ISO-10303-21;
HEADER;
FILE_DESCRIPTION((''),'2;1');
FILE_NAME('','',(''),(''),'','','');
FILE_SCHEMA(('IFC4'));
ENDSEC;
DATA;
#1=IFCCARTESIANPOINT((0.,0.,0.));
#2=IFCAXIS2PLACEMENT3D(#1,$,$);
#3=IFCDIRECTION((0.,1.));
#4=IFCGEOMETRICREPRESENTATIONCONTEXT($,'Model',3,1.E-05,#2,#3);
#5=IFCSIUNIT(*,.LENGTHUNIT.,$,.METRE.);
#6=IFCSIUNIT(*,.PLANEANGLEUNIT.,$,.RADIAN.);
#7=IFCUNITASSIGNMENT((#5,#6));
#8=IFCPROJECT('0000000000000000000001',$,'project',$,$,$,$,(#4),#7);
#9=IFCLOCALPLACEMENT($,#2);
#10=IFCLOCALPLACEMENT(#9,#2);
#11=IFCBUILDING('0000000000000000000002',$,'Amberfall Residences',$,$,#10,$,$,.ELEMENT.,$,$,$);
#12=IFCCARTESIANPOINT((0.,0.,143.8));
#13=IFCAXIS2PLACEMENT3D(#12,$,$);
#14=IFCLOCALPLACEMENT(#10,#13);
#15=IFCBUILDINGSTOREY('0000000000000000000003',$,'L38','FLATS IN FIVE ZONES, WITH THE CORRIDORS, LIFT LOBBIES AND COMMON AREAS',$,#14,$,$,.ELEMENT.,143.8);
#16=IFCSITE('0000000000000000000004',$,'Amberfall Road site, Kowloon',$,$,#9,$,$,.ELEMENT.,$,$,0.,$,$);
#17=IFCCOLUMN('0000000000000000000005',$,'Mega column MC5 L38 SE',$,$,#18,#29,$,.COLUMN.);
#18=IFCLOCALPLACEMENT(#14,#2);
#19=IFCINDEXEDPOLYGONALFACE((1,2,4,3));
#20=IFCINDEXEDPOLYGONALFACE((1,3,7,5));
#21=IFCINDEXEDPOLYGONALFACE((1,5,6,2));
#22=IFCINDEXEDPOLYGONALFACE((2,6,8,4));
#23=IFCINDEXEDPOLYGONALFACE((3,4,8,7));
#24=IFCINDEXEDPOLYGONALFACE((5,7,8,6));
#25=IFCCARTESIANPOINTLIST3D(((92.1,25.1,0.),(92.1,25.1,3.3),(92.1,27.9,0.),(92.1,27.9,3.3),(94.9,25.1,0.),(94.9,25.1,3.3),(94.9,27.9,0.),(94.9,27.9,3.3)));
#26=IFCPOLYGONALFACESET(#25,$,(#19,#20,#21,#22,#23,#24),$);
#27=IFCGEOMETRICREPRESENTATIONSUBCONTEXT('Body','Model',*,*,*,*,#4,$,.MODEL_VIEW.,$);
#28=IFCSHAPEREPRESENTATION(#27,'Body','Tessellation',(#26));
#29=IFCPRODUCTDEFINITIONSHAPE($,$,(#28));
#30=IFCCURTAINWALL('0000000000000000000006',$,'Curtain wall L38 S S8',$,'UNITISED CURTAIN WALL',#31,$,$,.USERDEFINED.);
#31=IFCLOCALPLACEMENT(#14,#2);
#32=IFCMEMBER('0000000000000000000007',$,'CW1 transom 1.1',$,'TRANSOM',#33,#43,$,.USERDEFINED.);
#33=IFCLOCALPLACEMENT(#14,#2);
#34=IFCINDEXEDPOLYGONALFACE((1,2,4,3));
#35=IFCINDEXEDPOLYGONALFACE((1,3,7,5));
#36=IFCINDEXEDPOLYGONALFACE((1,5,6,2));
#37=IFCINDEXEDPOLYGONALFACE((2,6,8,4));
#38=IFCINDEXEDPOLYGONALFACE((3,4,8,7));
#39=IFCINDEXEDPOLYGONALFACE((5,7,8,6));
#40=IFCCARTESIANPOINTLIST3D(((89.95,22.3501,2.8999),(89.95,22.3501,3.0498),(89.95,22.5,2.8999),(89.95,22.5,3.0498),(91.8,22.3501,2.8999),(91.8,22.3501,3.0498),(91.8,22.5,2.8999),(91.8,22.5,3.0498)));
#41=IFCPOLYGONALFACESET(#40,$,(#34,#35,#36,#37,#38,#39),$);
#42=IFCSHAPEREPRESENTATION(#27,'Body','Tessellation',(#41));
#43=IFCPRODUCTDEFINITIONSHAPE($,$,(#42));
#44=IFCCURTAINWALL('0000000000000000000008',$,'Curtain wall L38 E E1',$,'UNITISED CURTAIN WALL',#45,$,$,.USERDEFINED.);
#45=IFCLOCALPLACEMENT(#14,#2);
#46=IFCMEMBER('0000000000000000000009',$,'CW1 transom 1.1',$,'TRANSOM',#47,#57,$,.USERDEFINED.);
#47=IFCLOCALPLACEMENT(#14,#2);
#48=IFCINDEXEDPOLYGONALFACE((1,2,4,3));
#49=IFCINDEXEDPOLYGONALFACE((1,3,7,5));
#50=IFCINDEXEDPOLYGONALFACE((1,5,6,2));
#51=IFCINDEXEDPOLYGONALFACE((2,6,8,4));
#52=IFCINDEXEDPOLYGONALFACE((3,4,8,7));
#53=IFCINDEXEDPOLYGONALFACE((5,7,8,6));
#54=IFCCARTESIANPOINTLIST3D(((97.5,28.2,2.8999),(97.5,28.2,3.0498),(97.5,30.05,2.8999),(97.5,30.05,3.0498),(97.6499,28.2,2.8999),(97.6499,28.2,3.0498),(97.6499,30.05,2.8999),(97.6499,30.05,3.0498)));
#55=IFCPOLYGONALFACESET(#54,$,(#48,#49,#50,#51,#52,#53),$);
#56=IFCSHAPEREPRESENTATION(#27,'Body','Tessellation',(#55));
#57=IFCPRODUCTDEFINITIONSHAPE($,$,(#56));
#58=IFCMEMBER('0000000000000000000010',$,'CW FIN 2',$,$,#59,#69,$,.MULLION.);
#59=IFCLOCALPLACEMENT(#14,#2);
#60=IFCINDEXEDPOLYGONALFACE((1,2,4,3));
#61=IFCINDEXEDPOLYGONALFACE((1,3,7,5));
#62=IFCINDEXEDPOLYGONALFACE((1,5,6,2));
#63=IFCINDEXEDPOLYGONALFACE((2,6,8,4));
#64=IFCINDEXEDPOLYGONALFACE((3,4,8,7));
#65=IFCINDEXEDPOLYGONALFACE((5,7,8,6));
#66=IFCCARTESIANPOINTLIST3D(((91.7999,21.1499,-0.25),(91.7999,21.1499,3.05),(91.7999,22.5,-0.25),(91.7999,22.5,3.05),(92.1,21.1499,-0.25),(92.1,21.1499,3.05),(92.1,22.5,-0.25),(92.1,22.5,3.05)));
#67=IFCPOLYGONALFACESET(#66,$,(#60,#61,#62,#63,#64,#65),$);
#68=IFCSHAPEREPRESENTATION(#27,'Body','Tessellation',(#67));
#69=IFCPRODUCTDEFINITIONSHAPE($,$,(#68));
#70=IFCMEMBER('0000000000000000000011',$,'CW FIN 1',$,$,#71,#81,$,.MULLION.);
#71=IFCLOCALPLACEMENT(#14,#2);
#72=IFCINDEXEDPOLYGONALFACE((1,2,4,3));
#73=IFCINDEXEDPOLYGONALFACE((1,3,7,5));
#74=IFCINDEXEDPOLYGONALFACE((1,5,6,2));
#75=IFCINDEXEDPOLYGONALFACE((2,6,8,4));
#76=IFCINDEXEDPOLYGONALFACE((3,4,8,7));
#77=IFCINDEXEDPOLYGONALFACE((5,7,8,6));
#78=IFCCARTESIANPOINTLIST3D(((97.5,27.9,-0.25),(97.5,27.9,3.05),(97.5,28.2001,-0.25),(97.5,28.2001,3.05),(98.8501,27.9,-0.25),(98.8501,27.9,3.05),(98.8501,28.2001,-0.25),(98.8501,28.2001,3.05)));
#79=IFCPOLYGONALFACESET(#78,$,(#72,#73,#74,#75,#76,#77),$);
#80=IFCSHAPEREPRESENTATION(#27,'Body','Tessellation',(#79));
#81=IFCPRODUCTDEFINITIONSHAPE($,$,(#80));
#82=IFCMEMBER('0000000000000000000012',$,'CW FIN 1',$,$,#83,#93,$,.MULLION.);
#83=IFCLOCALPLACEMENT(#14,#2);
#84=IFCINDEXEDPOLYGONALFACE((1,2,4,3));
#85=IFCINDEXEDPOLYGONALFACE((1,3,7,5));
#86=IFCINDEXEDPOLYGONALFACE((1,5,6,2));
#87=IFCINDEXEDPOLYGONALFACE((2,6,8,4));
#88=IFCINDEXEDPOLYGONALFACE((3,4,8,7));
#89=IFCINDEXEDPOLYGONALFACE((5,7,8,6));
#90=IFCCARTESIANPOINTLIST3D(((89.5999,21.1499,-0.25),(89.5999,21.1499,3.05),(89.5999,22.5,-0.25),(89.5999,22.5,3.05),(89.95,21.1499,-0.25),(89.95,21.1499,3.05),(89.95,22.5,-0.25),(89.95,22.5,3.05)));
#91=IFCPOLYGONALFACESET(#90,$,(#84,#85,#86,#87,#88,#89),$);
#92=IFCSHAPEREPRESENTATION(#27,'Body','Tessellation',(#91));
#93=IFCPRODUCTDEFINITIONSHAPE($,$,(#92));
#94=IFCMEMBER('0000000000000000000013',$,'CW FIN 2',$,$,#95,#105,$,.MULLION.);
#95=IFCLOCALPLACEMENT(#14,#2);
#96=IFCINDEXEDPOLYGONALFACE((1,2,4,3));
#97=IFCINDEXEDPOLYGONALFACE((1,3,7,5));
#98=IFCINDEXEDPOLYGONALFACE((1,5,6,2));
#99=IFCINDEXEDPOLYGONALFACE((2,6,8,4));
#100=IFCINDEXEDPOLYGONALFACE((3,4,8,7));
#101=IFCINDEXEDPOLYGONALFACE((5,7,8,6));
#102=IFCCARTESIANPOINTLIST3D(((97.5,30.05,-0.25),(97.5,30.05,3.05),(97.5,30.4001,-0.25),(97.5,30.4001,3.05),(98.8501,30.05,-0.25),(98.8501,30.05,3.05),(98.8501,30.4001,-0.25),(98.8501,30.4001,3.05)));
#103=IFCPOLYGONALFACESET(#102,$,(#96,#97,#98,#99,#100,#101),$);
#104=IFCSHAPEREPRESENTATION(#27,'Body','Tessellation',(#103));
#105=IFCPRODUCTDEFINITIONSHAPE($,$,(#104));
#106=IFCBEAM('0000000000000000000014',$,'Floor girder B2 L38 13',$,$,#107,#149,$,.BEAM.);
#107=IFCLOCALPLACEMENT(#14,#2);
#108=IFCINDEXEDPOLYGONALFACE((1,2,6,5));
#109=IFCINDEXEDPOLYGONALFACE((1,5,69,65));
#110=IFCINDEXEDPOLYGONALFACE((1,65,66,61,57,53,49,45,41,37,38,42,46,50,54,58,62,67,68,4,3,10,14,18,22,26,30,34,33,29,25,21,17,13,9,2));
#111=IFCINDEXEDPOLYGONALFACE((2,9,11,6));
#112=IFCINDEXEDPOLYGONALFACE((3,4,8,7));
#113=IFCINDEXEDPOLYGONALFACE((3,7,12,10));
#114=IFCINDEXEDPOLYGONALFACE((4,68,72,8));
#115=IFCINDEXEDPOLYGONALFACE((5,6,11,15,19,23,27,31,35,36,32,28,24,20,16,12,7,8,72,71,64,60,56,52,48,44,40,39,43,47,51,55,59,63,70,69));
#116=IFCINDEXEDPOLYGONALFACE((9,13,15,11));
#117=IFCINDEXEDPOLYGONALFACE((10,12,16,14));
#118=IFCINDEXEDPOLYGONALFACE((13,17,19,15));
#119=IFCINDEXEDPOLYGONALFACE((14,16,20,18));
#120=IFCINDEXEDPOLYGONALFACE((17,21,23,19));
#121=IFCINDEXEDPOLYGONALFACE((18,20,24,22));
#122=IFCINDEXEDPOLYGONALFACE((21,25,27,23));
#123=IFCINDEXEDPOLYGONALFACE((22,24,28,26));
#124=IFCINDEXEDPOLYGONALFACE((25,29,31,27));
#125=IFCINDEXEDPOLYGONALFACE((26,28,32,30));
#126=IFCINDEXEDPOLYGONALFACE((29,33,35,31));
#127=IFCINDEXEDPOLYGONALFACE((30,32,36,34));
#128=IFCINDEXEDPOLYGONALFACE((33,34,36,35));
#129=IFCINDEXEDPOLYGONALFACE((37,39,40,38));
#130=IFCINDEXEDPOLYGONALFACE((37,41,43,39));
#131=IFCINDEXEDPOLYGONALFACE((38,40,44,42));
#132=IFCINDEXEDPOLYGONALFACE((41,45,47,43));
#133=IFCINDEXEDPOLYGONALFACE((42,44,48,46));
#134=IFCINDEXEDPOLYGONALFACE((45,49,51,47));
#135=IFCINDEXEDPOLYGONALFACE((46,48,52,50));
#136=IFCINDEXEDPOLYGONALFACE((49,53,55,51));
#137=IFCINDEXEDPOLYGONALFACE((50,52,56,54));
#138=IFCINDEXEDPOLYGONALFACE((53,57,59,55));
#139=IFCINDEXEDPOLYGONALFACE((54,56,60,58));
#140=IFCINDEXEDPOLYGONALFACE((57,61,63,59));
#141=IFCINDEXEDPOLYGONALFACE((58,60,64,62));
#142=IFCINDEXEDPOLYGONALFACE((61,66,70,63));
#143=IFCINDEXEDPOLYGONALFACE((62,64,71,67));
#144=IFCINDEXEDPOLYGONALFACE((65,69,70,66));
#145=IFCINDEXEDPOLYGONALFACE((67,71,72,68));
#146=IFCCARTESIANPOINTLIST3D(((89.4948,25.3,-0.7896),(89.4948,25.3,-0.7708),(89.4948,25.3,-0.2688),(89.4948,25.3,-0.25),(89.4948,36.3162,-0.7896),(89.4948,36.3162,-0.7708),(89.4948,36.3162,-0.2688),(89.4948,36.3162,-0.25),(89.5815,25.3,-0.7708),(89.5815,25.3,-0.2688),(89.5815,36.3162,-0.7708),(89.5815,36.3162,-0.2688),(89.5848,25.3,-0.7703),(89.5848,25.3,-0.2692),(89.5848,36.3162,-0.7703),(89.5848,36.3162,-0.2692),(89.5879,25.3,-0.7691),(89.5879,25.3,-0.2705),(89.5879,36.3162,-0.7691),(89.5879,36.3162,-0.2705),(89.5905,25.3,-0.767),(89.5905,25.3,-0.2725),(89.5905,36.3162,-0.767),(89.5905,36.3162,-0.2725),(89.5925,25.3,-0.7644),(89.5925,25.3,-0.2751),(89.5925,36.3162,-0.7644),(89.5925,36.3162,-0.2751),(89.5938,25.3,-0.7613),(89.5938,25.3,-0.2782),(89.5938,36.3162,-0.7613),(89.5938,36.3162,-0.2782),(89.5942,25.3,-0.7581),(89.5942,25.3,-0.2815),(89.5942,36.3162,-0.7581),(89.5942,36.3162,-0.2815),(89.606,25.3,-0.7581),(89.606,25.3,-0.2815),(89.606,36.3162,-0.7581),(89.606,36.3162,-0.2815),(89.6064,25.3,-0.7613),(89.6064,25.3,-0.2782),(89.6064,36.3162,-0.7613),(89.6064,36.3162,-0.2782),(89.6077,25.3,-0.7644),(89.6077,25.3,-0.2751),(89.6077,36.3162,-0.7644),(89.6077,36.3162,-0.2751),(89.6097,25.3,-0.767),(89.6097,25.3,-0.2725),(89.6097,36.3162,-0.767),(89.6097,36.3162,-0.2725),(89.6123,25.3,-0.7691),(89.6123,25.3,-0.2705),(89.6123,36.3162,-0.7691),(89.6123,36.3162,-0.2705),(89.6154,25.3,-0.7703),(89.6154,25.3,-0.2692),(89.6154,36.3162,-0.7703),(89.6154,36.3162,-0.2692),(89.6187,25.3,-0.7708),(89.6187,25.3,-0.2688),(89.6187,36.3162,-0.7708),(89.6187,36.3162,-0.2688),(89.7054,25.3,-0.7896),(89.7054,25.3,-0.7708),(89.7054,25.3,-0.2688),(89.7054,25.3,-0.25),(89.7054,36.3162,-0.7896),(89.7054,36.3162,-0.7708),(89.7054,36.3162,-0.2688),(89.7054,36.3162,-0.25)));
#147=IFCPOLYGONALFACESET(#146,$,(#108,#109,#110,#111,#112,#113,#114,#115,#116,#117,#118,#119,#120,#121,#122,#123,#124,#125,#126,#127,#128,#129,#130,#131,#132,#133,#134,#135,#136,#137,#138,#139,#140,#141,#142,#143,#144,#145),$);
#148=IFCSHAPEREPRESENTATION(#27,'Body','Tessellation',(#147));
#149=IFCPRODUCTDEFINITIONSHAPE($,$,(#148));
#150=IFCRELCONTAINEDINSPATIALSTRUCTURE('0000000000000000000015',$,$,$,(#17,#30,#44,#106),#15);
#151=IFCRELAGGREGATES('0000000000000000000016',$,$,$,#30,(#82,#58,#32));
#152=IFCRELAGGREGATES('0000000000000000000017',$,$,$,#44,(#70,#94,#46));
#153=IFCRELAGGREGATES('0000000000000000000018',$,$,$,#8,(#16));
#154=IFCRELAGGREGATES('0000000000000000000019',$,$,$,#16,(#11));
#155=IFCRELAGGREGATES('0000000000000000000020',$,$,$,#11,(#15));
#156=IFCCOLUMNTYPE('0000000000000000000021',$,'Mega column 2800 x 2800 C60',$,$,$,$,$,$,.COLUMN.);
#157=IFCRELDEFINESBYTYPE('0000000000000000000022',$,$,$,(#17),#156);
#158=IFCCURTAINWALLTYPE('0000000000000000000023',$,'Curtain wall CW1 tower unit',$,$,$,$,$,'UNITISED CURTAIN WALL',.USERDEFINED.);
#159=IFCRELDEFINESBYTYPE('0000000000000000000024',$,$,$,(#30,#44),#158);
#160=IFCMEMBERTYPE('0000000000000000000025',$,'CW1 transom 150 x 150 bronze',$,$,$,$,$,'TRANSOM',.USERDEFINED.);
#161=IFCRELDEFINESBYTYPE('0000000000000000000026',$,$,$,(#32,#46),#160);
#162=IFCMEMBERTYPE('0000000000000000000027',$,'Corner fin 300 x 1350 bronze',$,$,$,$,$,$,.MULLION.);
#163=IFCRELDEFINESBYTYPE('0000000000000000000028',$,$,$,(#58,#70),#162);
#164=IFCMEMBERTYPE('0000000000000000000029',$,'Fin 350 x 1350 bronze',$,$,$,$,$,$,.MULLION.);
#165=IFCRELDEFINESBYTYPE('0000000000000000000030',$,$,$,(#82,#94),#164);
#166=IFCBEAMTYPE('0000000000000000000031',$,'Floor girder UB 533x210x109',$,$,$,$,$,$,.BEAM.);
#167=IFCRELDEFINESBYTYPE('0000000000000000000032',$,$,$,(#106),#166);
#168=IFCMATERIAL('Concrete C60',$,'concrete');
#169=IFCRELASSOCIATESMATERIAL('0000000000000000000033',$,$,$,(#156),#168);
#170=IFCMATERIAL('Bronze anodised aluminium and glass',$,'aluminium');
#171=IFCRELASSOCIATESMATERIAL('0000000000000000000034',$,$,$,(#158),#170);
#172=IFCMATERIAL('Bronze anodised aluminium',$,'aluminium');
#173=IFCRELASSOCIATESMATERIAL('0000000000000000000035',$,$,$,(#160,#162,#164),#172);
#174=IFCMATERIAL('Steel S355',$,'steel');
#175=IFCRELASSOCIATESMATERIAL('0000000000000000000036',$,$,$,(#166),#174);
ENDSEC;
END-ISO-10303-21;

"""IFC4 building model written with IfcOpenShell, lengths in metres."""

from ifc_helpers import new_model, si_unit, direction, frame, origin, origin_2d, place, context, subcontext, project, spatial, rectangle, i_section, extrude, material, material_profile, profile_set, type_object, element, aggregate, save


model = new_model("IFC4")

# Units and contexts
model_context = context("Model", 3, precision=1e-05, world=origin(), true_north=direction((0.0, 1.0)))
body_context = subcontext(model_context, "Body", "Model", "MODEL_VIEW")
ifc_project = project(units=[si_unit("LENGTHUNIT", "METRE"), si_unit("PLANEANGLEUNIT", "RADIAN")], contexts=[model_context])

# Site, building, storey
site_placement = place(None, origin())
site = spatial("IfcSite", under=ifc_project, at=site_placement, Name="Amberfall Road site, Kowloon", CompositionType="ELEMENT", RefElevation=0.0)
building_placement = place(site_placement, origin())
building = spatial("IfcBuilding", under=site, at=building_placement, Name="Amberfall Residences", CompositionType="ELEMENT")
storey_placement = place(building_placement, frame((0.0, 0.0, 143.8)))
storey = spatial("IfcBuildingStorey", under=building, at=storey_placement, Name="L38", Description="FLATS IN FIVE ZONES, WITH THE CORRIDORS, LIFT LOBBIES AND COMMON AREAS", CompositionType="ELEMENT", Elevation=143.8)

# Column
ifc_material_1 = material(Name="Concrete C60", Category="concrete")
ifc_material_profile_1 = material_profile(ifc_material_1, rectangle(XDim=2.8, YDim=2.8, at=origin_2d()), Name="Mega column 2800 x 2800 C60")
ifc_profile_set_1 = profile_set([ifc_material_profile_1], Name="Concrete C60")
column_type = type_object("IfcColumnType", Name="Mega column 2800 x 2800 C60", PredefinedType="COLUMN", material=ifc_profile_set_1)
column_placement = place(storey_placement, frame((93.5, 26.5, 0.0), z_axis=(0.0, 0.0, 1.0), x_axis=(1.0, 0.0, 0.0)))
element("IfcColumn", 1, at=column_placement, inside=storey, type_object=column_type, Name="Mega column MC5 L38 SE", PredefinedType="COLUMN", context=body_context, shape_type="SweptSolid", body=[
    extrude(rectangle(XDim=2.8, YDim=2.8, at=origin_2d()), origin(), (0.0, 0.0, 1.0), 3.3),
])

# Curtain walls, members
ifc_material_2 = material(Name="Bronze anodised aluminium and glass", Category="aluminium")
curtain_wall_type = type_object("IfcCurtainWallType", Name="Curtain wall CW1 tower unit", ElementType="UNITISED CURTAIN WALL", PredefinedType="USERDEFINED", material=ifc_material_2)
curtain_wall_1_placement = place(storey_placement, origin())
curtain_wall_1 = element("IfcCurtainWall", 2, at=curtain_wall_1_placement, inside=storey, type_object=curtain_wall_type, Name="Curtain wall L38 S S8", ObjectType="UNITISED CURTAIN WALL", PredefinedType="USERDEFINED")
ifc_material_3 = material(Name="Bronze anodised aluminium", Category="aluminium")
ifc_material_profile_2 = material_profile(ifc_material_3, rectangle(XDim=0.1499, YDim=0.1499, at=origin_2d()), Name="CW1 transom 150 x 150 bronze")
ifc_profile_set_2 = profile_set([ifc_material_profile_2], Name="Bronze anodised aluminium")
member_type_1 = type_object("IfcMemberType", Name="CW1 transom 150 x 150 bronze", ElementType="TRANSOM", PredefinedType="USERDEFINED", material=ifc_profile_set_2)
member_1_placement = place(storey_placement, frame((89.95, 22.425, 2.9749), z_axis=(1.0, 0.0, 0.0), x_axis=(0.0, 1.0, 0.0)))
member_1 = element("IfcMember", 3, at=member_1_placement, type_object=member_type_1, Name="CW1 transom 1.1", ObjectType="TRANSOM", PredefinedType="USERDEFINED", context=body_context, shape_type="SweptSolid", body=[
    extrude(rectangle(XDim=0.1499, YDim=0.1499, at=origin_2d()), origin(), (0.0, 0.0, 1.0), 1.8501),
])
curtain_wall_2_placement = place(storey_placement, origin())
curtain_wall_2 = element("IfcCurtainWall", 4, at=curtain_wall_2_placement, inside=storey, type_object=curtain_wall_type, Name="Curtain wall L38 E E1", ObjectType="UNITISED CURTAIN WALL", PredefinedType="USERDEFINED")
member_2_placement = place(storey_placement, frame((97.575, 28.2, 2.9749), z_axis=(0.0, 1.0, 0.0), x_axis=(-1.0, 0.0, 0.0)))
member_2 = element("IfcMember", 5, at=member_2_placement, type_object=member_type_1, Name="CW1 transom 1.1", ObjectType="TRANSOM", PredefinedType="USERDEFINED", context=body_context, shape_type="SweptSolid", body=[
    extrude(rectangle(XDim=0.1499, YDim=0.1499, at=origin_2d()), origin(), (0.0, 0.0, 1.0), 1.8501),
])

# Members
ifc_material_profile_3 = material_profile(ifc_material_3, rectangle(XDim=1.3501, YDim=0.3, at=origin_2d()), Name="Corner fin 300 x 1350 bronze")
ifc_profile_set_3 = profile_set([ifc_material_profile_3], Name="Bronze anodised aluminium")
member_type_2 = type_object("IfcMemberType", Name="Corner fin 300 x 1350 bronze", PredefinedType="MULLION", material=ifc_profile_set_3)
member_3_placement = place(storey_placement, frame((91.95, 21.825, -0.25), z_axis=(0.0, 0.0, 1.0), x_axis=(0.0, 1.0, 0.0)))
member_3 = element("IfcMember", 6, at=member_3_placement, type_object=member_type_2, Name="CW FIN 2", PredefinedType="MULLION", context=body_context, shape_type="SweptSolid", body=[
    extrude(rectangle(XDim=1.3501, YDim=0.3, at=origin_2d()), origin(), (0.0, 0.0, 1.0), 3.3),
])
member_4_placement = place(storey_placement, frame((98.175, 28.05, -0.25), z_axis=(0.0, 0.0, 1.0), x_axis=(-1.0, 0.0, 0.0)))
member_4 = element("IfcMember", 7, at=member_4_placement, type_object=member_type_2, Name="CW FIN 1", PredefinedType="MULLION", context=body_context, shape_type="SweptSolid", body=[
    extrude(rectangle(XDim=1.3501, YDim=0.3, at=origin_2d()), origin(), (0.0, 0.0, 1.0), 3.3),
])
ifc_material_profile_4 = material_profile(ifc_material_3, rectangle(XDim=1.3501, YDim=0.3501, at=origin_2d()), Name="Fin 350 x 1350 bronze")
ifc_profile_set_4 = profile_set([ifc_material_profile_4], Name="Bronze anodised aluminium")
member_type_3 = type_object("IfcMemberType", Name="Fin 350 x 1350 bronze", PredefinedType="MULLION", material=ifc_profile_set_4)
member_5_placement = place(storey_placement, frame((89.7749, 21.825, -0.25), z_axis=(0.0, 0.0, 1.0), x_axis=(0.0, 1.0, 0.0)))
member_5 = element("IfcMember", 8, at=member_5_placement, type_object=member_type_3, Name="CW FIN 1", PredefinedType="MULLION", context=body_context, shape_type="SweptSolid", body=[
    extrude(rectangle(XDim=1.3501, YDim=0.3501, at=origin_2d()), origin(), (0.0, 0.0, 1.0), 3.3),
])
member_6_placement = place(storey_placement, frame((98.175, 30.2251, -0.25), z_axis=(0.0, 0.0, 1.0), x_axis=(-1.0, 0.0, 0.0)))
member_6 = element("IfcMember", 9, at=member_6_placement, type_object=member_type_3, Name="CW FIN 2", PredefinedType="MULLION", context=body_context, shape_type="SweptSolid", body=[
    extrude(rectangle(XDim=1.3501, YDim=0.3501, at=origin_2d()), origin(), (0.0, 0.0, 1.0), 3.3),
])

# Beam
ifc_material_4 = material(Name="Steel S355", Category="steel")
ifc_material_profile_5 = material_profile(ifc_material_4, i_section(OverallWidth=0.2107, OverallDepth=0.5396, WebThickness=0.0117, FlangeThickness=0.0188, FilletRadius=0.0127, at=origin_2d()), Name="UB 533x210x109")
ifc_profile_set_5 = profile_set([ifc_material_profile_5], Name="Steel S355")
beam_type_1 = type_object("IfcBeamType", Name="Floor girder UB 533x210x109", PredefinedType="BEAM", material=ifc_profile_set_5)
beam_1_placement = place(storey_placement, frame((89.6001, 25.3, -0.5198), z_axis=(0.0, 1.0, 0.0), x_axis=(-1.0, 0.0, 0.0)))
element("IfcBeam", 10, at=beam_1_placement, inside=storey, type_object=beam_type_1, Name="Floor girder B2 L38 13", PredefinedType="BEAM", context=body_context, shape_type="SweptSolid", body=[
    extrude(i_section(OverallWidth=0.2107, OverallDepth=0.5396, WebThickness=0.0117, FlangeThickness=0.0188, FilletRadius=0.0127, at=origin_2d()), origin(), (0.0, 0.0, 1.0), 11.0161),
])

aggregate(curtain_wall_1, [member_5, member_3, member_1])
aggregate(curtain_wall_2, [member_4, member_6, member_2])

save(model, "model.ifc")
